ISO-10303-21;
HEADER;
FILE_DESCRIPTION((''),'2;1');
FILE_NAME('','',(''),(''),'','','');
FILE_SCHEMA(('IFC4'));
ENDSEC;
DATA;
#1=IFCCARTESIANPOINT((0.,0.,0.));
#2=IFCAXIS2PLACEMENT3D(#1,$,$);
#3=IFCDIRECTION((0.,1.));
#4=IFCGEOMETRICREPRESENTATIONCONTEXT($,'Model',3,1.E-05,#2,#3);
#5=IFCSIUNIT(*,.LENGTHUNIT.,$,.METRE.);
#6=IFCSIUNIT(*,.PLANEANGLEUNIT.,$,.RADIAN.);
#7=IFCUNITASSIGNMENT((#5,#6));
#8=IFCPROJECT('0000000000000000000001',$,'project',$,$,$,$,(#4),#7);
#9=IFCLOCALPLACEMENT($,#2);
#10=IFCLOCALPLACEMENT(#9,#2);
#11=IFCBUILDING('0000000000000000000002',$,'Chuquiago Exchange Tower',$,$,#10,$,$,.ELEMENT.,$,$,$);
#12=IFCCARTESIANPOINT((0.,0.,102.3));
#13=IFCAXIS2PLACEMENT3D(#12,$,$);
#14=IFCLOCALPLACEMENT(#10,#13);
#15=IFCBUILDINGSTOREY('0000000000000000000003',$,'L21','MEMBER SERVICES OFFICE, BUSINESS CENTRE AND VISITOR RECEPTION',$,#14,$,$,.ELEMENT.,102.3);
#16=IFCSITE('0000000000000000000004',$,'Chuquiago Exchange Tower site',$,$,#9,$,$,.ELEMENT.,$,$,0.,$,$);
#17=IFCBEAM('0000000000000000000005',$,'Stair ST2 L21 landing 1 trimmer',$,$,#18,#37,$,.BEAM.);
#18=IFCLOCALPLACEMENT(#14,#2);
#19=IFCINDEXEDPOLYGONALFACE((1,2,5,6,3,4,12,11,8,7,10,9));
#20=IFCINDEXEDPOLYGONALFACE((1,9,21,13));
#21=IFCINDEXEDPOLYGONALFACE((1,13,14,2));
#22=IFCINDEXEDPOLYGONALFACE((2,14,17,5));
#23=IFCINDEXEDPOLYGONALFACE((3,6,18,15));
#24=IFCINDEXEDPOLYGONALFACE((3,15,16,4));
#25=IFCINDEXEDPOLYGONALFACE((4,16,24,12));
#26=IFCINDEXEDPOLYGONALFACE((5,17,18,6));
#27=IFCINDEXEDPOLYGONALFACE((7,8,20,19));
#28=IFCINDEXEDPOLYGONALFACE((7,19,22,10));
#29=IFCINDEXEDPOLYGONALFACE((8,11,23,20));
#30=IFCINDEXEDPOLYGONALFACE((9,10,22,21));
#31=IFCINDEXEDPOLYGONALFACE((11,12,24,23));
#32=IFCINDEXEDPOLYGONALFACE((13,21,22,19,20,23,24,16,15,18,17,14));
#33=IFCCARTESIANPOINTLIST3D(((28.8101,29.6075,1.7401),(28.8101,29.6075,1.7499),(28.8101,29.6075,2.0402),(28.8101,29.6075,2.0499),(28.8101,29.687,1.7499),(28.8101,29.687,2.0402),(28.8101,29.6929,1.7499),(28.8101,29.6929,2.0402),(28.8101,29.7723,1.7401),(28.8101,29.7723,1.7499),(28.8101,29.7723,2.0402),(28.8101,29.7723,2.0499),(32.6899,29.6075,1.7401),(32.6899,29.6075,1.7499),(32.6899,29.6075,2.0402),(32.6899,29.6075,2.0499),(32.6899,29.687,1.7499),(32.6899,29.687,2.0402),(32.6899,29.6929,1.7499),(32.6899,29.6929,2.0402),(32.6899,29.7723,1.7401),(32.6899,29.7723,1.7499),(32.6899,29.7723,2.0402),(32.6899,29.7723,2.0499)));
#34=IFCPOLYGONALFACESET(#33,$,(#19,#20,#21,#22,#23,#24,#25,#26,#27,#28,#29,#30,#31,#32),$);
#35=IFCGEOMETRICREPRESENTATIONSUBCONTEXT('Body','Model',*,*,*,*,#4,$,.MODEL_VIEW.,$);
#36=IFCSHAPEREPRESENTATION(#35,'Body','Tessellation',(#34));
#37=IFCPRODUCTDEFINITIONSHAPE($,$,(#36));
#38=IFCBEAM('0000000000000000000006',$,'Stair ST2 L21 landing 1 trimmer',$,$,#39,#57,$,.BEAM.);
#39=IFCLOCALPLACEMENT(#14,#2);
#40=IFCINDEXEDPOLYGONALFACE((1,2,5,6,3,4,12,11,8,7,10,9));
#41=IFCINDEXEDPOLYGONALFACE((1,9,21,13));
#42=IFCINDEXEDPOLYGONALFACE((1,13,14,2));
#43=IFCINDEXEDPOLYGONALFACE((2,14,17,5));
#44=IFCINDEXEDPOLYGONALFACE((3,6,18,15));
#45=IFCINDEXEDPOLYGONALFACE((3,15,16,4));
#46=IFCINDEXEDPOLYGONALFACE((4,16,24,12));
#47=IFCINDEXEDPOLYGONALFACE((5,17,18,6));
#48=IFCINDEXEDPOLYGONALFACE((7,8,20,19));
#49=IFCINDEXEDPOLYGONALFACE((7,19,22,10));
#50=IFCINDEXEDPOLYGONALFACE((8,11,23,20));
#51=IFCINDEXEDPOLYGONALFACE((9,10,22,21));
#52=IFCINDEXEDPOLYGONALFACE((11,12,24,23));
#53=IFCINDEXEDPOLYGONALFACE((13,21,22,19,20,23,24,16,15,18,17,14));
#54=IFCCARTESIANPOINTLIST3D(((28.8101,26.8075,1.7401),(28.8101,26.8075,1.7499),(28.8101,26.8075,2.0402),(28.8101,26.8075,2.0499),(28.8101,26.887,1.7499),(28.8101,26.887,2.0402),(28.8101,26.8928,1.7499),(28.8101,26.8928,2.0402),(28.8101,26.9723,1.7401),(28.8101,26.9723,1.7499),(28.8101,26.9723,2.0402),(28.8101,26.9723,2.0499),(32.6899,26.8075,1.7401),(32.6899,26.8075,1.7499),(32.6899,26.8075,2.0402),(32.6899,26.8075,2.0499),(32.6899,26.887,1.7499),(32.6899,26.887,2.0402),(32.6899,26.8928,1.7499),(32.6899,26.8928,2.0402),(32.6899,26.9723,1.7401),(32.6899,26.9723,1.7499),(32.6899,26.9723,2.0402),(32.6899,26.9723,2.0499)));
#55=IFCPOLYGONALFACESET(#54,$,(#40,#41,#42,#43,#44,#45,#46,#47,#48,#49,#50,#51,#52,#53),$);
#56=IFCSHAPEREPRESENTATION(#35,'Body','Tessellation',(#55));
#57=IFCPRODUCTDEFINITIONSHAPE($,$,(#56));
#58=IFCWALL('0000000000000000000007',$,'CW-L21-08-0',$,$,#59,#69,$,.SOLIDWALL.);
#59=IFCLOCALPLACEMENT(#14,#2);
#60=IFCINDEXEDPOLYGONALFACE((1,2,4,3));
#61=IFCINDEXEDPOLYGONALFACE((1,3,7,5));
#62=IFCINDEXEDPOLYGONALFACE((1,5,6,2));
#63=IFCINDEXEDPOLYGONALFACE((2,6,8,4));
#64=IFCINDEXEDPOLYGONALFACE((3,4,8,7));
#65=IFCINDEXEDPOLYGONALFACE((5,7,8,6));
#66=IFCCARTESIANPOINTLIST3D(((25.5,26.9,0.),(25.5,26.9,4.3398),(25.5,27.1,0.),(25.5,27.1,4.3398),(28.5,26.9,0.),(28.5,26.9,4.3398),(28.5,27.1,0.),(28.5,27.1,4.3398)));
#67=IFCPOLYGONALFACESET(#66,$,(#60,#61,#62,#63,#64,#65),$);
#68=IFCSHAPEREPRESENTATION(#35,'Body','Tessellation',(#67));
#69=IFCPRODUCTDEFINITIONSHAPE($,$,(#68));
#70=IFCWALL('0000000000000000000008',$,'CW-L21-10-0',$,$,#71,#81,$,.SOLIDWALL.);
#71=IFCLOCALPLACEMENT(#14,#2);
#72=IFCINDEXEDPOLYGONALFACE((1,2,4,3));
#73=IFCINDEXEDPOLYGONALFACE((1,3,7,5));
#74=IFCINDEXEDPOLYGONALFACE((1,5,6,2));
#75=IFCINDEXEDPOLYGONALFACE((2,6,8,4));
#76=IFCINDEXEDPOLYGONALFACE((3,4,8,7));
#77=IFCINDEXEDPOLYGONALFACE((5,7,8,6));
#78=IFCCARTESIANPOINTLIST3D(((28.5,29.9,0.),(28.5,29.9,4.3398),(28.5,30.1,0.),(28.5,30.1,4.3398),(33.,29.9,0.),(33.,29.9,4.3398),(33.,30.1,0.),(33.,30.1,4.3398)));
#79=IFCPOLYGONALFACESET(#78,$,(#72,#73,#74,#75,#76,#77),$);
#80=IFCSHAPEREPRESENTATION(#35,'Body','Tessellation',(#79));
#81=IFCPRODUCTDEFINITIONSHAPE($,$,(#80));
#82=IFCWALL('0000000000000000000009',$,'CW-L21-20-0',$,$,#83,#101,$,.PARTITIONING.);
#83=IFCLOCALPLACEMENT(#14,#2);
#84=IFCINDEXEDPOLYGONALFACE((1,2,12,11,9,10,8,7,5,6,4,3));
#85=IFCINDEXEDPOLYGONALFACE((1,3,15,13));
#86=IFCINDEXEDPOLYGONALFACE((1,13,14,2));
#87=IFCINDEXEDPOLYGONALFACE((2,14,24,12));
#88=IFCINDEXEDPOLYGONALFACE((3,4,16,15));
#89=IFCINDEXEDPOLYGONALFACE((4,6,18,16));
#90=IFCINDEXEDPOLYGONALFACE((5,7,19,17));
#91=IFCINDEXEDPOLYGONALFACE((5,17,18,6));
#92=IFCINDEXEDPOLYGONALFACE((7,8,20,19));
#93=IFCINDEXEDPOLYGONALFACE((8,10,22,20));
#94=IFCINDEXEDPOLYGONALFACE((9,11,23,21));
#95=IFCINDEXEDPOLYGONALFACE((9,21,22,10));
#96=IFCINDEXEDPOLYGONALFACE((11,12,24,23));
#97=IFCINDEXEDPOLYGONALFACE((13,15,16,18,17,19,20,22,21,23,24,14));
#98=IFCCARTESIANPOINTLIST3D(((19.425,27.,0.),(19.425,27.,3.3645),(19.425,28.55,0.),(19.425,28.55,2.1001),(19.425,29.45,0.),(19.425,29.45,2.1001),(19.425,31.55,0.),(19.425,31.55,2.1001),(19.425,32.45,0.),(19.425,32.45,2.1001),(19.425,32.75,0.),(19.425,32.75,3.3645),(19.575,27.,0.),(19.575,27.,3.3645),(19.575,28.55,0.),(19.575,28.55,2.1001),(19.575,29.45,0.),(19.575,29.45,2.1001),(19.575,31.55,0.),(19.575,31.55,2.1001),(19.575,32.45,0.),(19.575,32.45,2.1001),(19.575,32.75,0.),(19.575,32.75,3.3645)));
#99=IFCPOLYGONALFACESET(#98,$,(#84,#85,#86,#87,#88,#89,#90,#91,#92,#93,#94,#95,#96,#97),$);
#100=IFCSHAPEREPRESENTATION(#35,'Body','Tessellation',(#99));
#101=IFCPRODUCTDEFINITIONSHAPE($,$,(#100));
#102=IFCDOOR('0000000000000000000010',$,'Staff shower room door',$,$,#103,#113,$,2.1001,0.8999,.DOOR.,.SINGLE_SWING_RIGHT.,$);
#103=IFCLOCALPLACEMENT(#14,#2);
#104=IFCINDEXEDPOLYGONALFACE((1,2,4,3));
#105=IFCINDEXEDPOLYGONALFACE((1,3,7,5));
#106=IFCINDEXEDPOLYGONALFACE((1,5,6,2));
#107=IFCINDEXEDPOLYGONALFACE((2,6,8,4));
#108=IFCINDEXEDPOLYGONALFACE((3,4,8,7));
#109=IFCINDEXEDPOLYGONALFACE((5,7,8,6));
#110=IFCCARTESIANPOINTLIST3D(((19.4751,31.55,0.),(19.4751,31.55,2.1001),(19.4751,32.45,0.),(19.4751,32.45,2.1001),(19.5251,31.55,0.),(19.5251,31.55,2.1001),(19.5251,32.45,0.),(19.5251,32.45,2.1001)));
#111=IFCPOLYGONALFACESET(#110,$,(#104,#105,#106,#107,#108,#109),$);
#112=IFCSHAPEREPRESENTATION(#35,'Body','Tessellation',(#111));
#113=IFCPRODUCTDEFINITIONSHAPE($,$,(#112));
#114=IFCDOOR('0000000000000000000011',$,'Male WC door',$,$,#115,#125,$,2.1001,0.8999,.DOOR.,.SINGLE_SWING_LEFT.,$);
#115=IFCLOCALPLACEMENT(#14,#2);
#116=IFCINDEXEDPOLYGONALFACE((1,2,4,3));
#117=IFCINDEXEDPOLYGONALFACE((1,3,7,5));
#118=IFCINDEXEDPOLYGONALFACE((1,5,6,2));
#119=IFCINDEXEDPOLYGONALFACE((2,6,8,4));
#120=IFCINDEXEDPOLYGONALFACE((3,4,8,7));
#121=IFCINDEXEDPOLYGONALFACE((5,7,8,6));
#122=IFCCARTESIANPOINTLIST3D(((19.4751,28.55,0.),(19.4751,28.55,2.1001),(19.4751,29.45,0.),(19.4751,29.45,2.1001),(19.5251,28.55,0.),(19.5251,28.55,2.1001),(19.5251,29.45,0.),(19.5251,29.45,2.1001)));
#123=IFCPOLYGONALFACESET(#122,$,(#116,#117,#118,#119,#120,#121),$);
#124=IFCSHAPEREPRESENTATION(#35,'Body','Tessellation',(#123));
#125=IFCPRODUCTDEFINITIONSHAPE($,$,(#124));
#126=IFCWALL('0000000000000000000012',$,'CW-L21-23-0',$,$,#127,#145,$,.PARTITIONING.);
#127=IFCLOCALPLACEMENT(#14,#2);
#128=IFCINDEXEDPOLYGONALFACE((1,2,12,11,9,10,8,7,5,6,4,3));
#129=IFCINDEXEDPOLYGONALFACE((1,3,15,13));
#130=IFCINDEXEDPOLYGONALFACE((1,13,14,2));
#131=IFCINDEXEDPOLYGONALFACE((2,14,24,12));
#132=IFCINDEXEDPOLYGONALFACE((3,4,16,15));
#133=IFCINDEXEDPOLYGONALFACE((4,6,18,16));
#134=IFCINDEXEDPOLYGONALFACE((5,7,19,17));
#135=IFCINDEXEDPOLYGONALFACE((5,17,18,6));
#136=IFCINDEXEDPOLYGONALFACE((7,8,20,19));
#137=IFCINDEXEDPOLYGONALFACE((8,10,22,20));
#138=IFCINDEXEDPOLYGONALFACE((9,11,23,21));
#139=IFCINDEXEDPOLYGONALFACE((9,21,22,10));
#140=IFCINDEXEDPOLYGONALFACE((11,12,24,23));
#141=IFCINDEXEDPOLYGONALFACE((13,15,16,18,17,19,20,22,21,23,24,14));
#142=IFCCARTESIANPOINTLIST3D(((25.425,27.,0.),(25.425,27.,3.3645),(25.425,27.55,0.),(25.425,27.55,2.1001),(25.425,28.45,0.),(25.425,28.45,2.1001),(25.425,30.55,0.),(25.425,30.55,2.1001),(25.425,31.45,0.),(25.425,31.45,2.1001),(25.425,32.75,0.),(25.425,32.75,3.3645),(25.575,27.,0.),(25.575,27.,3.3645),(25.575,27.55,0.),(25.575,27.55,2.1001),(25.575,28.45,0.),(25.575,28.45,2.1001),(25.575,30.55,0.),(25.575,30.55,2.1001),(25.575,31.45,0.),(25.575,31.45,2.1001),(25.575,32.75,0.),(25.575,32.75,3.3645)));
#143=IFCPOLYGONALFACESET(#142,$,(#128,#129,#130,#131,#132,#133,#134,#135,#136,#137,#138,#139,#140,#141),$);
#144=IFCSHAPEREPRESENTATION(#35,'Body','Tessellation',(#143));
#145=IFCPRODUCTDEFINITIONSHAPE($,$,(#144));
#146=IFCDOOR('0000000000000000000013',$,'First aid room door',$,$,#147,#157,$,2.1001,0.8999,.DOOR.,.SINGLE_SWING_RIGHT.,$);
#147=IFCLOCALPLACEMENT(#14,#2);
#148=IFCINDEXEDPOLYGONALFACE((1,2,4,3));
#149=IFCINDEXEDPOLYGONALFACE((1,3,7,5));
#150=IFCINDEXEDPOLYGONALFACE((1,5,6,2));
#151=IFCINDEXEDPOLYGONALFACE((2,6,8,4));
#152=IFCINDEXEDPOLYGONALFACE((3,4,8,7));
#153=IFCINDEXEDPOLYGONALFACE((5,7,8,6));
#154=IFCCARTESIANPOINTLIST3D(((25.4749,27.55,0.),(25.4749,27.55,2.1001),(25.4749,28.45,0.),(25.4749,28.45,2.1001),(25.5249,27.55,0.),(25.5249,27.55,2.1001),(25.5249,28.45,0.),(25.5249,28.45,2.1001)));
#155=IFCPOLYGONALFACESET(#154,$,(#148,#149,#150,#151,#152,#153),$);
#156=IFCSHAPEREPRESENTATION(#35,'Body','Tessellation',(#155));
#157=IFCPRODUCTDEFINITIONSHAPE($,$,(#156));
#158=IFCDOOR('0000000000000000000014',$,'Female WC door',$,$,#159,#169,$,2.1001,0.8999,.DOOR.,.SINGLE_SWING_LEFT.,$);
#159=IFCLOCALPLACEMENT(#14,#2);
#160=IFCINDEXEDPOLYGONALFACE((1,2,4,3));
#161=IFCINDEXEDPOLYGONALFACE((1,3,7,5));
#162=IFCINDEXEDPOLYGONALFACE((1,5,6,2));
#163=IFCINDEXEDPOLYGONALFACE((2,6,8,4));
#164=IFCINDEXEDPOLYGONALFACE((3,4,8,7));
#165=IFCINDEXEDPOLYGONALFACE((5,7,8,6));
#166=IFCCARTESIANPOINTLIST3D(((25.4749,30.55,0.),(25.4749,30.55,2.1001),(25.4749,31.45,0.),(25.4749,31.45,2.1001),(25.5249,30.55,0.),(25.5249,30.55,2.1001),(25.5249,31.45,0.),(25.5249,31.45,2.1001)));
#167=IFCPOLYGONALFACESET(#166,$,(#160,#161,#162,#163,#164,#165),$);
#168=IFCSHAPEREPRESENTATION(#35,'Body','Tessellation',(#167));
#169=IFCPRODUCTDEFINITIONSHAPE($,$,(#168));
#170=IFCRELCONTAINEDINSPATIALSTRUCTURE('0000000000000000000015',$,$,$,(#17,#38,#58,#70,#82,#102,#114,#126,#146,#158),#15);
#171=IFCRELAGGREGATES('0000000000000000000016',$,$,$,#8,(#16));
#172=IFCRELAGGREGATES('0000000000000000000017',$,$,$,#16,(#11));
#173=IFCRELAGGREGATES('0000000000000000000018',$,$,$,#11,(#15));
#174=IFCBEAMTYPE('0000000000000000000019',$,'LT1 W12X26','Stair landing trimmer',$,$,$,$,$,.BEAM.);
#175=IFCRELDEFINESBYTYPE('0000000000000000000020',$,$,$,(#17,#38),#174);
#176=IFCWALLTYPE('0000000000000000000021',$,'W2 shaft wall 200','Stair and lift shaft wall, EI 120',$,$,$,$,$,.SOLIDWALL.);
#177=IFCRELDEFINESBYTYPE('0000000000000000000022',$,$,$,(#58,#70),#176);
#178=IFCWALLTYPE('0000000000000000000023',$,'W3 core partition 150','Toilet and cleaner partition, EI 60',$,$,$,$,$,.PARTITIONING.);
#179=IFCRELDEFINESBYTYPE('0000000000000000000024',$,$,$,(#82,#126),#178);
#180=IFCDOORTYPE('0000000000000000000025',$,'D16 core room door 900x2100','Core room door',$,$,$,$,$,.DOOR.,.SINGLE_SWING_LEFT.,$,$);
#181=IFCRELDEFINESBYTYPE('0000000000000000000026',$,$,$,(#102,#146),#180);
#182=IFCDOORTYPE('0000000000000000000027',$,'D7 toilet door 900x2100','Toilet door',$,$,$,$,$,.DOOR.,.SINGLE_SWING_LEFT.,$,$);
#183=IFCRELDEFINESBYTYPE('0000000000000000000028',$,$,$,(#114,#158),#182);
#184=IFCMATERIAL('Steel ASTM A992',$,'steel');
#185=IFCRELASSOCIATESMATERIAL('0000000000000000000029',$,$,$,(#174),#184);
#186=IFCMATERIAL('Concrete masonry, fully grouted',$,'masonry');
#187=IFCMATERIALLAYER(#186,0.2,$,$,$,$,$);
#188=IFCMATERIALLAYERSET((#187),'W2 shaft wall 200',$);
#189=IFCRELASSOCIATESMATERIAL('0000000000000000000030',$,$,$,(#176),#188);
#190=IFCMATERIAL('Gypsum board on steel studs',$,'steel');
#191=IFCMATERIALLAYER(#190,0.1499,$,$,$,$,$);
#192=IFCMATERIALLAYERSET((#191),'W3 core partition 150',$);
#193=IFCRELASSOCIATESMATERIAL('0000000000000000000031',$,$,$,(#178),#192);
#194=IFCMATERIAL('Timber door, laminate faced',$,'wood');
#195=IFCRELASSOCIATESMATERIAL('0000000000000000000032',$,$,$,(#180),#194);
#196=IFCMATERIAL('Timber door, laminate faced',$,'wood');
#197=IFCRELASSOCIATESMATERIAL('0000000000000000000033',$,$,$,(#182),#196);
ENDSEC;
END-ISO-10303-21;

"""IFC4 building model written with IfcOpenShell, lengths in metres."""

from ifc_helpers import new_model, si_unit, direction, frame, frame_2d, origin, origin_2d, place, context, subcontext, project, spatial, rectangle, i_section, extrude, material, layer, layer_set, material_profile, profile_set, type_object, element, fill, save


model = new_model("IFC4")

# Units and contexts
model_context = context("Model", 3, precision=1e-05, world=origin(), true_north=direction((0.0, 1.0)))
body_context = subcontext(model_context, "Body", "Model", "MODEL_VIEW")
ifc_project = project(units=[si_unit("LENGTHUNIT", "METRE"), si_unit("PLANEANGLEUNIT", "RADIAN")], contexts=[model_context])

# Site, building, storey
site_placement = place(None, origin())
site = spatial("IfcSite", under=ifc_project, at=site_placement, Name="Chuquiago Exchange Tower site", CompositionType="ELEMENT", RefElevation=0.0)
building_placement = place(site_placement, origin())
building = spatial("IfcBuilding", under=site, at=building_placement, Name="Chuquiago Exchange Tower", CompositionType="ELEMENT")
storey_placement = place(building_placement, frame((0.0, 0.0, 102.3)))
storey = spatial("IfcBuildingStorey", under=building, at=storey_placement, Name="L21", Description="MEMBER SERVICES OFFICE, BUSINESS CENTRE AND VISITOR RECEPTION", CompositionType="ELEMENT", Elevation=102.3)

# Beams
ifc_material_1 = material(Name="Steel ASTM A992", Category="steel")
ifc_material_profile_1 = material_profile(ifc_material_1, i_section(OverallWidth=0.1648, OverallDepth=0.3098, WebThickness=0.0059, FlangeThickness=0.0098, at=origin_2d()), Name="W12X26")
ifc_profile_set_1 = profile_set([ifc_material_profile_1], Name="Steel ASTM A992")
beam_type_1 = type_object("IfcBeamType", Name="LT1 W12X26", Description="Stair landing trimmer", PredefinedType="BEAM", material=ifc_profile_set_1)
for number, where, z_axis, x_axis, name in (
    (1, (28.8101, 29.6899, 1.895), (1.0, 0.0, 0.0), (0.0, 1.0, 0.0), "Stair ST2 L21 landing 1 trimmer"),
    (2, (28.8101, 26.8899, 1.895), (1.0, 0.0, 0.0), (0.0, 1.0, 0.0), "Stair ST2 L21 landing 1 trimmer"),
):
    element("IfcBeam", number, at=place(storey_placement, frame(where, z_axis=z_axis, x_axis=x_axis)), inside=storey, type_object=beam_type_1, Name=name, PredefinedType="BEAM", context=body_context, shape_type="SweptSolid", body=[
        extrude(i_section(OverallWidth=0.1648, OverallDepth=0.3098, WebThickness=0.0059, FlangeThickness=0.0098, at=origin_2d()), origin(), (0.0, 0.0, 1.0), 3.8799),
    ])

# Walls
ifc_material_2 = material(Name="Concrete masonry, fully grouted", Category="masonry")
ifc_layer_1 = layer(ifc_material_2, 0.2)
ifc_layer_set_1 = layer_set([ifc_layer_1], Name="W2 shaft wall 200")
wall_type_1 = type_object("IfcWallType", Name="W2 shaft wall 200", Description="Stair and lift shaft wall, EI 120", PredefinedType="SOLIDWALL", material=ifc_layer_set_1)
wall_1_placement = place(storey_placement, frame((25.5, 27.0, 0.0), z_axis=(0.0, 0.0, 1.0), x_axis=(1.0, 0.0, 0.0)))
element("IfcWall", 3, at=wall_1_placement, inside=storey, type_object=wall_type_1, Name="CW-L21-08-0", PredefinedType="SOLIDWALL", context=body_context, shape_type="SweptSolid", body=[
    extrude(rectangle(XDim=3.0, YDim=0.2, at=frame_2d((1.5, 0.0))), origin(), (0.0, 0.0, 1.0), 4.3398),
])
wall_2_placement = place(storey_placement, frame((28.5, 30.0, 0.0), z_axis=(0.0, 0.0, 1.0), x_axis=(1.0, 0.0, 0.0)))
element("IfcWall", 4, at=wall_2_placement, inside=storey, type_object=wall_type_1, Name="CW-L21-10-0", PredefinedType="SOLIDWALL", context=body_context, shape_type="SweptSolid", body=[
    extrude(rectangle(XDim=4.5, YDim=0.2, at=frame_2d((2.25, 0.0))), origin(), (0.0, 0.0, 1.0), 4.3398),
])

# Walls, openings, doors
ifc_material_3 = material(Name="Gypsum board on steel studs", Category="steel")
ifc_layer_2 = layer(ifc_material_3, 0.1499)
ifc_layer_set_2 = layer_set([ifc_layer_2], Name="W3 core partition 150")
wall_type_2 = type_object("IfcWallType", Name="W3 core partition 150", Description="Toilet and cleaner partition, EI 60", PredefinedType="PARTITIONING", material=ifc_layer_set_2)
wall_3_placement = place(storey_placement, frame((19.5, 27.0, 0.0), z_axis=(0.0, 0.0, 1.0), x_axis=(0.0, 1.0, 0.0)))
wall_3 = element("IfcWall", 5, at=wall_3_placement, inside=storey, type_object=wall_type_2, Name="CW-L21-20-0", PredefinedType="PARTITIONING", context=body_context, shape_type="SweptSolid", body=[
    extrude(rectangle(XDim=5.75, YDim=0.1499, at=frame_2d((2.875, 0.0))), origin(), (0.0, 0.0, 1.0), 3.3645),
])
opening_1_placement = place(wall_3_placement, frame((1.55, 0.0, 0.0)))
opening_1 = element("IfcOpeningElement", 6, at=opening_1_placement, cuts=wall_3, PredefinedType="OPENING", context=body_context, shape_type="SweptSolid", body=[
    extrude(rectangle(XDim=0.8999, YDim=2.1001, at=frame_2d((0.45, 1.05))), frame((0.0, 0.085, 0.0), z_axis=(0.0, -1.0, 0.0), x_axis=(1.0, 0.0, 0.0)), (0.0, 0.0, 1.0), 0.1699),
])
opening_2_placement = place(wall_3_placement, frame((4.55, 0.0, 0.0)))
opening_2 = element("IfcOpeningElement", 7, at=opening_2_placement, cuts=wall_3, PredefinedType="OPENING", context=body_context, shape_type="SweptSolid", body=[
    extrude(rectangle(XDim=0.8999, YDim=2.1001, at=frame_2d((0.45, 1.05))), frame((0.0, 0.085, 0.0), z_axis=(0.0, -1.0, 0.0), x_axis=(1.0, 0.0, 0.0)), (0.0, 0.0, 1.0), 0.1699),
])
ifc_material_4 = material(Name="Timber door, laminate faced", Category="wood")
door_type_1 = type_object("IfcDoorType", Name="D16 core room door 900x2100", Description="Core room door", OperationType="SINGLE_SWING_LEFT", PredefinedType="DOOR", material=ifc_material_4)
door_1_placement = place(opening_2_placement, origin())
door_1 = element("IfcDoor", 8, at=door_1_placement, inside=storey, type_object=door_type_1, Name="Staff shower room door", OperationType="SINGLE_SWING_RIGHT", OverallHeight=2.1001, OverallWidth=0.8999, PredefinedType="DOOR", context=body_context, shape_type="SweptSolid", body=[
    extrude(rectangle(XDim=0.8999, YDim=2.1001, at=frame_2d((0.45, 1.05))), frame((0.0, 0.0249, 0.0), z_axis=(0.0, -1.0, 0.0), x_axis=(1.0, 0.0, 0.0)), (0.0, 0.0, 1.0), 0.05),
])
fill(opening_2, door_1)
ifc_material_5 = material(Name="Timber door, laminate faced", Category="wood")
door_type_2 = type_object("IfcDoorType", Name="D7 toilet door 900x2100", Description="Toilet door", OperationType="SINGLE_SWING_LEFT", PredefinedType="DOOR", material=ifc_material_5)
door_2_placement = place(opening_1_placement, origin())
door_2 = element("IfcDoor", 9, at=door_2_placement, inside=storey, type_object=door_type_2, Name="Male WC door", OperationType="SINGLE_SWING_LEFT", OverallHeight=2.1001, OverallWidth=0.8999, PredefinedType="DOOR", context=body_context, shape_type="SweptSolid", body=[
    extrude(rectangle(XDim=0.8999, YDim=2.1001, at=frame_2d((0.45, 1.05))), frame((0.0, 0.0249, 0.0), z_axis=(0.0, -1.0, 0.0), x_axis=(1.0, 0.0, 0.0)), (0.0, 0.0, 1.0), 0.05),
])
fill(opening_1, door_2)
wall_4_placement = place(storey_placement, frame((25.5, 27.0, 0.0), z_axis=(0.0, 0.0, 1.0), x_axis=(0.0, 1.0, 0.0)))
wall_4 = element("IfcWall", 10, at=wall_4_placement, inside=storey, type_object=wall_type_2, Name="CW-L21-23-0", PredefinedType="PARTITIONING", context=body_context, shape_type="SweptSolid", body=[
    extrude(rectangle(XDim=5.75, YDim=0.1499, at=frame_2d((2.875, 0.0))), origin(), (0.0, 0.0, 1.0), 3.3645),
])
opening_3_placement = place(wall_4_placement, frame((0.55, 0.0, 0.0)))
opening_3 = element("IfcOpeningElement", 11, at=opening_3_placement, cuts=wall_4, PredefinedType="OPENING", context=body_context, shape_type="SweptSolid", body=[
    extrude(rectangle(XDim=0.8999, YDim=2.1001, at=frame_2d((0.45, 1.05))), frame((0.0, 0.085, 0.0), z_axis=(0.0, -1.0, 0.0), x_axis=(1.0, 0.0, 0.0)), (0.0, 0.0, 1.0), 0.1699),
])
opening_4_placement = place(wall_4_placement, frame((3.55, 0.0, 0.0)))
opening_4 = element("IfcOpeningElement", 12, at=opening_4_placement, cuts=wall_4, PredefinedType="OPENING", context=body_context, shape_type="SweptSolid", body=[
    extrude(rectangle(XDim=0.8999, YDim=2.1001, at=frame_2d((0.45, 1.05))), frame((0.0, 0.085, 0.0), z_axis=(0.0, -1.0, 0.0), x_axis=(1.0, 0.0, 0.0)), (0.0, 0.0, 1.0), 0.1699),
])
door_3_placement = place(opening_3_placement, frame((0.8999, 0.0, 0.0), z_axis=(0.0, 0.0, 1.0), x_axis=(-1.0, 0.0, 0.0)))
door_3 = element("IfcDoor", 13, at=door_3_placement, inside=storey, type_object=door_type_1, Name="First aid room door", OperationType="SINGLE_SWING_RIGHT", OverallHeight=2.1001, OverallWidth=0.8999, PredefinedType="DOOR", context=body_context, shape_type="SweptSolid", body=[
    extrude(rectangle(XDim=0.8999, YDim=2.1001, at=frame_2d((0.45, 1.05))), frame((0.0, 0.0249, 0.0), z_axis=(0.0, -1.0, 0.0), x_axis=(1.0, 0.0, 0.0)), (0.0, 0.0, 1.0), 0.05),
])
fill(opening_3, door_3)
door_4_placement = place(opening_4_placement, frame((0.8999, 0.0, 0.0), z_axis=(0.0, 0.0, 1.0), x_axis=(-1.0, 0.0, 0.0)))
door_4 = element("IfcDoor", 14, at=door_4_placement, inside=storey, type_object=door_type_2, Name="Female WC door", OperationType="SINGLE_SWING_LEFT", OverallHeight=2.1001, OverallWidth=0.8999, PredefinedType="DOOR", context=body_context, shape_type="SweptSolid", body=[
    extrude(rectangle(XDim=0.8999, YDim=2.1001, at=frame_2d((0.45, 1.05))), frame((0.0, 0.0249, 0.0), z_axis=(0.0, -1.0, 0.0), x_axis=(1.0, 0.0, 0.0)), (0.0, 0.0, 1.0), 0.05),
])
fill(opening_4, door_4)

save(model, "model.ifc")
